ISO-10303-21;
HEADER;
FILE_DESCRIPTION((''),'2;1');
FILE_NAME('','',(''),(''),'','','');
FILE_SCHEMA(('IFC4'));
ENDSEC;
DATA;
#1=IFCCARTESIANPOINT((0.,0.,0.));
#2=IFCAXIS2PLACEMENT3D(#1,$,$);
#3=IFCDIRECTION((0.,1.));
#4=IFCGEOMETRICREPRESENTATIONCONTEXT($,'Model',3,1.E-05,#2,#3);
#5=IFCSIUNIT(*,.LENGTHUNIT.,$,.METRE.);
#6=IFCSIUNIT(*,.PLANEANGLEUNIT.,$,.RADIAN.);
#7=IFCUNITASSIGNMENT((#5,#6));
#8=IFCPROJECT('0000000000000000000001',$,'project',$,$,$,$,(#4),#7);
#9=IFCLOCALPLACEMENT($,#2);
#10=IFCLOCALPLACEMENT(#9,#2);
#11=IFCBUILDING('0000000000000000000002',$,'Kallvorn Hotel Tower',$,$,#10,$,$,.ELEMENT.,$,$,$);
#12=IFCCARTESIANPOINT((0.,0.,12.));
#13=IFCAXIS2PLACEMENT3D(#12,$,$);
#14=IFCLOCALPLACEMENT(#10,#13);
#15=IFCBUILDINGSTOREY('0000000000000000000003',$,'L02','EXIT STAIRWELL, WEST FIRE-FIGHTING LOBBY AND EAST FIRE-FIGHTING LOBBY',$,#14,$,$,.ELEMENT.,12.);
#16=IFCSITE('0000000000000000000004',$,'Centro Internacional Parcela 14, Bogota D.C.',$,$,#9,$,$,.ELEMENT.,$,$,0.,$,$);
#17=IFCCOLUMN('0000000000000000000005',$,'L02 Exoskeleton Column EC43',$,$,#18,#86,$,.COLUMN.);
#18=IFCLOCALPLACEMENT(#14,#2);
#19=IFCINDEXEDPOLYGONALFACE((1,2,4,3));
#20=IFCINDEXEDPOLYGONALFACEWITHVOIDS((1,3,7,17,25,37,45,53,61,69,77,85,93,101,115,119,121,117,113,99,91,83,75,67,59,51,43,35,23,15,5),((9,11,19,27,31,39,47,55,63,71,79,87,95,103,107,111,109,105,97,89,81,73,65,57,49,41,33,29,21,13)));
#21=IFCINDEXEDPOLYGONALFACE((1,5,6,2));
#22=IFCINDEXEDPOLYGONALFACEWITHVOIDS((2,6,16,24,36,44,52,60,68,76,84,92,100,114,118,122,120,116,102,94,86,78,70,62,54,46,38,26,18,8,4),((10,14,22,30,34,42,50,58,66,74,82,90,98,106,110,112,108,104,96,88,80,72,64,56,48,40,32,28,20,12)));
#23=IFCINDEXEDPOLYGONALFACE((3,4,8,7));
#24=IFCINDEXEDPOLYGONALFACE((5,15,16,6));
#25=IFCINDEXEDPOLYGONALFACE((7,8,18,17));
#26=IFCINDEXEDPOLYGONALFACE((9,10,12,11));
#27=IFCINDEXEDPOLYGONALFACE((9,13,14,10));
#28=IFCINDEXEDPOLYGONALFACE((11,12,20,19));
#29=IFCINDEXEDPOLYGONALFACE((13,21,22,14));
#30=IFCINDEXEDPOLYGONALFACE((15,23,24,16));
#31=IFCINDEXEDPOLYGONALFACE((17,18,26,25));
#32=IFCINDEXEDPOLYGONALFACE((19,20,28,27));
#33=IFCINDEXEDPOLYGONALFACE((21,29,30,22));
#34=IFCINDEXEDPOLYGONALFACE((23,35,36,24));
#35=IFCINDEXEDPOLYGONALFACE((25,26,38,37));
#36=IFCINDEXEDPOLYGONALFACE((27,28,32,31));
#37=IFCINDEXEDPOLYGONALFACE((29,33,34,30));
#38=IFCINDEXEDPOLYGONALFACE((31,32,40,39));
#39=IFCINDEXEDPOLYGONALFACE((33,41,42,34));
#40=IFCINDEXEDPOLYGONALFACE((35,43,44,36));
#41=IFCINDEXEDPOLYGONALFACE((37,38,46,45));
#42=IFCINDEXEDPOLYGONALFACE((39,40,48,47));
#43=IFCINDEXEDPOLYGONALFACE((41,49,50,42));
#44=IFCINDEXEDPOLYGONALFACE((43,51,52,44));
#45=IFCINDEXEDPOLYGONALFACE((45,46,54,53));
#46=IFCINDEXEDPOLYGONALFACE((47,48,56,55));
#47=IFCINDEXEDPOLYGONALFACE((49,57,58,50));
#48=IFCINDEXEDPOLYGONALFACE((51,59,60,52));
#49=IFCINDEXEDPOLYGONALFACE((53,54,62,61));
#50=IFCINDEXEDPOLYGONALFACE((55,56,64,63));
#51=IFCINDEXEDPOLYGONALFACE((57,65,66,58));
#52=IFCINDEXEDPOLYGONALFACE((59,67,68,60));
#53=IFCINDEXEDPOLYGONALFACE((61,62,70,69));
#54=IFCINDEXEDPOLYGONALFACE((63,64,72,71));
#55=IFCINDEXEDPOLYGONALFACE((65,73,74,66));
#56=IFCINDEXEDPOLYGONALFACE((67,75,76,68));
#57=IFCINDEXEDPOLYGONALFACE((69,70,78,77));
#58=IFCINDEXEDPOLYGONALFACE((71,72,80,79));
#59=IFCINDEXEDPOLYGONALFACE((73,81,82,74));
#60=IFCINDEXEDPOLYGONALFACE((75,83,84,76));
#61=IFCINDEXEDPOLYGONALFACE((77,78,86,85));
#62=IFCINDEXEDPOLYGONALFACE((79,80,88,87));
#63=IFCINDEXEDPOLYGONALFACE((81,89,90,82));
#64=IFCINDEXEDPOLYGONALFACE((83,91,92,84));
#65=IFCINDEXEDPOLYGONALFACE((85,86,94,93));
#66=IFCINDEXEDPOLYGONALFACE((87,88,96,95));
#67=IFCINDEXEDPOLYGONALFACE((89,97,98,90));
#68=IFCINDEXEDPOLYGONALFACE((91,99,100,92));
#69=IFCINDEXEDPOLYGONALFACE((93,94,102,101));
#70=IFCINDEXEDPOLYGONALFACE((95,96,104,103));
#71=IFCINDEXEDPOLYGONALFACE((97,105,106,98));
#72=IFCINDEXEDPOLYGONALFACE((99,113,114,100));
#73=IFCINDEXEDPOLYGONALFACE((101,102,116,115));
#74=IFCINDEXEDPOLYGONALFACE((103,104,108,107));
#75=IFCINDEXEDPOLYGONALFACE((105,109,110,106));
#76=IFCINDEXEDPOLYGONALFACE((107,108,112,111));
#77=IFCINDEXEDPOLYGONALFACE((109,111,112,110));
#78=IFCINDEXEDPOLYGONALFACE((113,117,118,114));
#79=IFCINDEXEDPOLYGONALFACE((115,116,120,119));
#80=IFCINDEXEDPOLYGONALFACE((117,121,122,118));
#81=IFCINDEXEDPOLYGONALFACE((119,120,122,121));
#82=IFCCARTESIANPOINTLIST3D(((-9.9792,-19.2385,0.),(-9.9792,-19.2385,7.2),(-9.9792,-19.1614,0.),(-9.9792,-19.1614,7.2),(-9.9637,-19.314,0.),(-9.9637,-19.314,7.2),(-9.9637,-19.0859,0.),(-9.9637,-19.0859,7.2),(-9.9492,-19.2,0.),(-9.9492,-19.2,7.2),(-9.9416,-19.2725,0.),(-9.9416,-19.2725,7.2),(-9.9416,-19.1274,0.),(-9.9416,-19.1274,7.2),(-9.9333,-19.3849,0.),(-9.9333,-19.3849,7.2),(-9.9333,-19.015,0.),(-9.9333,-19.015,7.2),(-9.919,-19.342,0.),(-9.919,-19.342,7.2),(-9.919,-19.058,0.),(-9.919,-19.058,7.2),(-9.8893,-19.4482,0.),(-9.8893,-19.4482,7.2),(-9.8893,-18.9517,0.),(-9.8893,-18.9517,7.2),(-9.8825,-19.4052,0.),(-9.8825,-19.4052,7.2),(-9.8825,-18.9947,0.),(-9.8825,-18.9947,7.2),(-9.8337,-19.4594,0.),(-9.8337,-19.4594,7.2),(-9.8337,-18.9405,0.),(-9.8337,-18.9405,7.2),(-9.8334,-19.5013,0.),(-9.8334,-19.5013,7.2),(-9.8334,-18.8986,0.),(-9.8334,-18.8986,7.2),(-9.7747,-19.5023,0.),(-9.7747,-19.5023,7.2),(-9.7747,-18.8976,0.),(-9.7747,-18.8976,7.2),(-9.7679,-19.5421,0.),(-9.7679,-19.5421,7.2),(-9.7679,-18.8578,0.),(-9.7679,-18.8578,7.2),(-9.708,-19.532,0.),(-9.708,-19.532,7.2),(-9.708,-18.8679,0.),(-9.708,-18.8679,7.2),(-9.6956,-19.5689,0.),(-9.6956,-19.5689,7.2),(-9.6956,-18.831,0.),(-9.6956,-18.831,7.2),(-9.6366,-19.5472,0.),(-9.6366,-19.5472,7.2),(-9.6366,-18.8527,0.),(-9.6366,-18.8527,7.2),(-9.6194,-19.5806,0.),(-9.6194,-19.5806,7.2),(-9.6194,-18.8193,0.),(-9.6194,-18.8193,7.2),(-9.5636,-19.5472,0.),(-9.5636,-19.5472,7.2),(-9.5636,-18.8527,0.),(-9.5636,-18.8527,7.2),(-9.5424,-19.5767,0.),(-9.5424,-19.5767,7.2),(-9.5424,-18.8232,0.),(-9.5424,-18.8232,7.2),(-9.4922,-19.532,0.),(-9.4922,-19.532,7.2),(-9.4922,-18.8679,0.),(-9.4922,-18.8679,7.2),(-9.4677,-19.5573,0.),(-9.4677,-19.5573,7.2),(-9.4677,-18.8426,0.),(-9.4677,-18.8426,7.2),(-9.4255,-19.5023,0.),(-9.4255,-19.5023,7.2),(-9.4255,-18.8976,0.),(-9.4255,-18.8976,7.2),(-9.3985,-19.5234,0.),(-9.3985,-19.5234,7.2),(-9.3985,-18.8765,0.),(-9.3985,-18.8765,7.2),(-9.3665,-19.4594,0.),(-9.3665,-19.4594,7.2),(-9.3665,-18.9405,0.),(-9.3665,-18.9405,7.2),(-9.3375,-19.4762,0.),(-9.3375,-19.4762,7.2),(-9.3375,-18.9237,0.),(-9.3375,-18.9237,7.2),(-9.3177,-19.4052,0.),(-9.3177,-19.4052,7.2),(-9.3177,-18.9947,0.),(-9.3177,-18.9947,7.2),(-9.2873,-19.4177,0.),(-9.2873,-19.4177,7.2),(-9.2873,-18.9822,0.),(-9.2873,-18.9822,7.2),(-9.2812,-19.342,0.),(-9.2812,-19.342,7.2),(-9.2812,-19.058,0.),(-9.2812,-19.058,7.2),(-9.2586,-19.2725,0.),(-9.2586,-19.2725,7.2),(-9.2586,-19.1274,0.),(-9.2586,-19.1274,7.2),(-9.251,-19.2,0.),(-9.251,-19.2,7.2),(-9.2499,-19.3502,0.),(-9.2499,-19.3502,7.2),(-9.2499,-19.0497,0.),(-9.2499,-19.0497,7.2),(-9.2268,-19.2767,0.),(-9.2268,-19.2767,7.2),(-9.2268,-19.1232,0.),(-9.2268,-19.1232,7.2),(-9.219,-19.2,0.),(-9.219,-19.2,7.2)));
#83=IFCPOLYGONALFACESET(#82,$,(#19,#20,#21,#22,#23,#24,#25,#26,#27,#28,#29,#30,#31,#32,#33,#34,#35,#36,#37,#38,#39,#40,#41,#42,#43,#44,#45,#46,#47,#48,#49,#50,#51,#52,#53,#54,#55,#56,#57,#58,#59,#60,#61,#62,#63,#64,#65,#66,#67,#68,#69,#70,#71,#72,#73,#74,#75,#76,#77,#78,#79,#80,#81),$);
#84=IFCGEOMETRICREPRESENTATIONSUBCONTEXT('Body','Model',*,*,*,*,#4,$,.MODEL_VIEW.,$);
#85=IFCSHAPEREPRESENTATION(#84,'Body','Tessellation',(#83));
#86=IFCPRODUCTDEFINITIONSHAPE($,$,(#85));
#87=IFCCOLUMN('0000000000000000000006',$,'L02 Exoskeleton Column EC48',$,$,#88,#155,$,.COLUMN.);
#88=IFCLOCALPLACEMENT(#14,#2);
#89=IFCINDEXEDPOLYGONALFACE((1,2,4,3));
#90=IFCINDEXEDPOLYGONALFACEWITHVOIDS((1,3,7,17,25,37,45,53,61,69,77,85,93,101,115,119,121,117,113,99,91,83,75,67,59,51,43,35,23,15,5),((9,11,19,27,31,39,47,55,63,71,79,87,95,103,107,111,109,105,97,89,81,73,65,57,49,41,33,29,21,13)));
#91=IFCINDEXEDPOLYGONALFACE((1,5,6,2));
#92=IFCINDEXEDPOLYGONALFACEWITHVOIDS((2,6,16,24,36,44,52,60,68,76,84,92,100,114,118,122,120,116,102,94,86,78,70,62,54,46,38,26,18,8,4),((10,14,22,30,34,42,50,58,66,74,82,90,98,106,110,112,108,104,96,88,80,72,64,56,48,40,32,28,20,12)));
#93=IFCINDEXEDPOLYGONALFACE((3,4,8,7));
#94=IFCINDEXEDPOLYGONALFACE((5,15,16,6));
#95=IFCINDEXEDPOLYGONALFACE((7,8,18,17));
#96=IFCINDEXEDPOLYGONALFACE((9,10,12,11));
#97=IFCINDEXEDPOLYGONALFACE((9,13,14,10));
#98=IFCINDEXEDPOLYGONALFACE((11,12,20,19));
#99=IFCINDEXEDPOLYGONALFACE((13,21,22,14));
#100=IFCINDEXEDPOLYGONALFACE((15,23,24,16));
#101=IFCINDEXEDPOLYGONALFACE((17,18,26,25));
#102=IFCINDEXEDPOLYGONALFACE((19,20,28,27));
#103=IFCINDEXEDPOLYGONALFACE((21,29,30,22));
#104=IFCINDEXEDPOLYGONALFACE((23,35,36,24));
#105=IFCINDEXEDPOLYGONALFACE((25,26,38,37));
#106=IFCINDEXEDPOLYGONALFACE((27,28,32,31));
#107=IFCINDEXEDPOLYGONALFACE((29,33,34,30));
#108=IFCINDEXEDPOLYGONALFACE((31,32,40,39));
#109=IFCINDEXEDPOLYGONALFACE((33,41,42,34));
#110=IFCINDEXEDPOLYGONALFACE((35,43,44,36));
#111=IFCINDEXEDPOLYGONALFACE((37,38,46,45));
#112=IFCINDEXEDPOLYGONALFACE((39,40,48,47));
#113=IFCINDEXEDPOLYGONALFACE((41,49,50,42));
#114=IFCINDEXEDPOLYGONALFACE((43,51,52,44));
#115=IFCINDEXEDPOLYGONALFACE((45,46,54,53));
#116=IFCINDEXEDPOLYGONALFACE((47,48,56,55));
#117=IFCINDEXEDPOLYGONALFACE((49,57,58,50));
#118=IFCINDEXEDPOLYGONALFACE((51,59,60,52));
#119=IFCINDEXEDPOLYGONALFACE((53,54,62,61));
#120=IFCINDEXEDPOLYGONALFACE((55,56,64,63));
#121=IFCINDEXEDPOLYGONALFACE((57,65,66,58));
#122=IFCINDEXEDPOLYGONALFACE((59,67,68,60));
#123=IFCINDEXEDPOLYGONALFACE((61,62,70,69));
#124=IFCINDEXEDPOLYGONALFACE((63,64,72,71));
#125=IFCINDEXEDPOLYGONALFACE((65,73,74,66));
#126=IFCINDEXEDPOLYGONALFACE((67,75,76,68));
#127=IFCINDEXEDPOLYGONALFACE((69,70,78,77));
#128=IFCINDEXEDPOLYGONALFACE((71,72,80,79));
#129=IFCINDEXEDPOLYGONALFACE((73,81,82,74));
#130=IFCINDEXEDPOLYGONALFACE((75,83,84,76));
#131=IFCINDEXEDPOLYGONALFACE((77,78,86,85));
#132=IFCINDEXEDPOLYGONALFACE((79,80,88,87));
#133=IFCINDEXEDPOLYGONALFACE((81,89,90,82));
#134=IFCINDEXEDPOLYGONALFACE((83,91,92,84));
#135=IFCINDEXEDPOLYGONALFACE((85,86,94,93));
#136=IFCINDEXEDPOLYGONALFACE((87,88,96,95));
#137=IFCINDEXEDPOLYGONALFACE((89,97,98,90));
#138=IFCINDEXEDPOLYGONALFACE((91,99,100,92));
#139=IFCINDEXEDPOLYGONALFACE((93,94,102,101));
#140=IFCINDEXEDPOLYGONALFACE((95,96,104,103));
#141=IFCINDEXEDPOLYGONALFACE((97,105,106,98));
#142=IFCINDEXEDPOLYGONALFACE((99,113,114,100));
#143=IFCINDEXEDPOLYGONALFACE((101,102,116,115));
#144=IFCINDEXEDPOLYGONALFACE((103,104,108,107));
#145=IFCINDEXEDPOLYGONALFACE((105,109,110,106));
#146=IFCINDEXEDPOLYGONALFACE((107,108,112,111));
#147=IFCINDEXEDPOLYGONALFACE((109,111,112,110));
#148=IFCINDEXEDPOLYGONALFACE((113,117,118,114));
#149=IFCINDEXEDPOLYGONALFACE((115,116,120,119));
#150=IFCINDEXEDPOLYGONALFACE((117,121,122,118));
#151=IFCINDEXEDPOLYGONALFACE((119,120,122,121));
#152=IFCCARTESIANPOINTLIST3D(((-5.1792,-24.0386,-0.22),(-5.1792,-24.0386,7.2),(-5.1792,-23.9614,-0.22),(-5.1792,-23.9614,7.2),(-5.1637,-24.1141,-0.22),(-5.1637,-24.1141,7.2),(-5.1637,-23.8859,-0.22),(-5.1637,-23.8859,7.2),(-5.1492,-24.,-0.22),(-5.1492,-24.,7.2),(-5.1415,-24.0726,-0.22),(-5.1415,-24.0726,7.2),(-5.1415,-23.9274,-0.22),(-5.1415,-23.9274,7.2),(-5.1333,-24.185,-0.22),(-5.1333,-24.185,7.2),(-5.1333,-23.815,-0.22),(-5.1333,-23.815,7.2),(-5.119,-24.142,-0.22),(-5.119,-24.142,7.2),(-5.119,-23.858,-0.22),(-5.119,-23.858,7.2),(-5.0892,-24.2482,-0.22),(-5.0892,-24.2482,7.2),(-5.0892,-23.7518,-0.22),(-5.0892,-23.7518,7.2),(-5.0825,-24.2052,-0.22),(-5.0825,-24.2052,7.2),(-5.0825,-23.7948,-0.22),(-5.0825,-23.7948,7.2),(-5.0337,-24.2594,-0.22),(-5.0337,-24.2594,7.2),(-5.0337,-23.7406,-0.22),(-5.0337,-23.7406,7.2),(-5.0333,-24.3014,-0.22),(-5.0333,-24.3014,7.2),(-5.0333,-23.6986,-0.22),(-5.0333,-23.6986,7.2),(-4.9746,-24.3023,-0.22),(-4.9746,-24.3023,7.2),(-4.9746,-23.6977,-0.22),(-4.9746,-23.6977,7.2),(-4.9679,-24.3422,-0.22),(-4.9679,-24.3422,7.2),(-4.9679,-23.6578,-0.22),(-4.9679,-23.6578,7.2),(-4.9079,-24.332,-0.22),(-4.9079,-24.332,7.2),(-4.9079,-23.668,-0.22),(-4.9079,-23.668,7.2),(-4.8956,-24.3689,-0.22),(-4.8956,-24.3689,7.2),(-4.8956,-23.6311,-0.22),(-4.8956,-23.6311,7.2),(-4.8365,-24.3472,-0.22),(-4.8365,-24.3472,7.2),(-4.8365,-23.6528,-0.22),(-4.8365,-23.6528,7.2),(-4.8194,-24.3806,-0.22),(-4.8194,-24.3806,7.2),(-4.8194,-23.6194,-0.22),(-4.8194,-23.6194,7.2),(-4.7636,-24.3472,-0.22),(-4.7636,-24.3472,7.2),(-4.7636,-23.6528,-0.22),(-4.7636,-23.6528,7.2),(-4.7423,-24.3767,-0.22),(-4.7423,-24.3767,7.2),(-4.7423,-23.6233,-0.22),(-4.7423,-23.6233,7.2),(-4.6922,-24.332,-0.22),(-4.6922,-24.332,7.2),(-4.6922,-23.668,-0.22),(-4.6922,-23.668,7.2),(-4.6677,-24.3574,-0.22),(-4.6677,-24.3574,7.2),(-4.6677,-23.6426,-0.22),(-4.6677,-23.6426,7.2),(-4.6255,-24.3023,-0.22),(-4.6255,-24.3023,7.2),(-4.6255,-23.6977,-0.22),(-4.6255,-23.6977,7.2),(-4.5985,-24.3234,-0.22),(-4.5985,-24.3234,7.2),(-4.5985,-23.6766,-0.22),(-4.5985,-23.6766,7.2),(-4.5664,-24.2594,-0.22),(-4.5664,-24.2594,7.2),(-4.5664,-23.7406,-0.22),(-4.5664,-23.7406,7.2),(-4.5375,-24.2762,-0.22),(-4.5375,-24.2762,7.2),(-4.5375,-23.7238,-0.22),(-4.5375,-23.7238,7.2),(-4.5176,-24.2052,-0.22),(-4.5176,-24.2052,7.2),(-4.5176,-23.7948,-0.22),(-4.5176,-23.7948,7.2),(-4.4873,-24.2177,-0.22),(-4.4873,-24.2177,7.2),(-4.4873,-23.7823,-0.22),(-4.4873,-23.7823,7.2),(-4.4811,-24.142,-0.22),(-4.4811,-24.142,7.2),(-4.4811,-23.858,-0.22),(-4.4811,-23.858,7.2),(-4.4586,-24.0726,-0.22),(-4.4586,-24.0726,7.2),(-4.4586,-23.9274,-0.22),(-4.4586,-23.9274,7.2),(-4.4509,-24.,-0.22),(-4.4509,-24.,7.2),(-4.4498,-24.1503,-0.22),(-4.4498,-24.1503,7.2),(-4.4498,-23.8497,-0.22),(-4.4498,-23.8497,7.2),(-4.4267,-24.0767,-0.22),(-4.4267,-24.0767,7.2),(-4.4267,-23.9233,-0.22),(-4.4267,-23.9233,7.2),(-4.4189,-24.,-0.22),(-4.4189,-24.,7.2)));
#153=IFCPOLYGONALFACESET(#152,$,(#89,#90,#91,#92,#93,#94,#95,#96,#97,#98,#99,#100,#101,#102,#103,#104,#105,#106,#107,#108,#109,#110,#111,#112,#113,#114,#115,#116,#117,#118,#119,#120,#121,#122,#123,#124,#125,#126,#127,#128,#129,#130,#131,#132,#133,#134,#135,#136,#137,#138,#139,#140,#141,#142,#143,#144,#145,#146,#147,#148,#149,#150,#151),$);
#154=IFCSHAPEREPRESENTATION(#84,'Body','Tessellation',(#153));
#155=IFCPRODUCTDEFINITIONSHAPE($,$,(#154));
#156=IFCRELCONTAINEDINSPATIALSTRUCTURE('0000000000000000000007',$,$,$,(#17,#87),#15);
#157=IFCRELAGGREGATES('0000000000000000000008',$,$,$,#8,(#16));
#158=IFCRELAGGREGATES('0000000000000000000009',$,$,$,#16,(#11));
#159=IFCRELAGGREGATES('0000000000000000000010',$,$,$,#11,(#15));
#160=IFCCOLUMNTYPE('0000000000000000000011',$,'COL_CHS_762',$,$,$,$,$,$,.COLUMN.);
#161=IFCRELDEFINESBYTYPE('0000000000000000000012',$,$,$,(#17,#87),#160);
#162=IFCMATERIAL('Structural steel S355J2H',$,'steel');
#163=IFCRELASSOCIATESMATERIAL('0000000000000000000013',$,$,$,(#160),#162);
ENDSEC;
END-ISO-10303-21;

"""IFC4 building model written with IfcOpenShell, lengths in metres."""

from ifc_helpers import new_model, si_unit, direction, frame, origin, origin_2d, place, context, subcontext, project, spatial, hollow_circle, extrude, material, material_profile, profile_set, type_object, element, save


model = new_model("IFC4")

# Units and contexts
model_context = context("Model", 3, precision=1e-05, world=origin(), true_north=direction((0.0, 1.0)))
body_context = subcontext(model_context, "Body", "Model", "MODEL_VIEW")
ifc_project = project(units=[si_unit("LENGTHUNIT", "METRE"), si_unit("PLANEANGLEUNIT", "RADIAN")], contexts=[model_context])

# Site, building, storey
site_placement = place(None, origin())
site = spatial("IfcSite", under=ifc_project, at=site_placement, Name="Centro Internacional Parcela 14, Bogota D.C.", CompositionType="ELEMENT", RefElevation=0.0)
building_placement = place(site_placement, origin())
building = spatial("IfcBuilding", under=site, at=building_placement, Name="Kallvorn Hotel Tower", CompositionType="ELEMENT")
storey_placement = place(building_placement, frame((0.0, 0.0, 12.0)))
storey = spatial("IfcBuildingStorey", under=building, at=storey_placement, Name="L02", Description="EXIT STAIRWELL, WEST FIRE-FIGHTING LOBBY AND EAST FIRE-FIGHTING LOBBY", CompositionType="ELEMENT", Elevation=12.0)

# Columns
ifc_material_1 = material(Name="Structural steel S355J2H", Category="steel")
ifc_material_profile_1 = material_profile(ifc_material_1, hollow_circle(Radius=0.3811, WallThickness=0.032, at=origin_2d()), Name="CHS 762x32")
ifc_profile_set_1 = profile_set([ifc_material_profile_1], Name="Structural steel S355J2H")
column_type_1 = type_object("IfcColumnType", Name="COL_CHS_762", PredefinedType="COLUMN", material=ifc_profile_set_1)
column_1_placement = place(storey_placement, frame((-9.6001, -19.2, 0.0), z_axis=(0.0, 0.0, 1.0), x_axis=(1.0, 0.0, 0.0)))
element("IfcColumn", 1, at=column_1_placement, inside=storey, type_object=column_type_1, Name="L02 Exoskeleton Column EC43", PredefinedType="COLUMN", context=body_context, shape_type="SweptSolid", body=[
    extrude(hollow_circle(Radius=0.3811, WallThickness=0.032, at=origin_2d()), origin(), (0.0, 0.0, 1.0), 7.2),
])
column_2_placement = place(storey_placement, frame((-4.8, -24.0, -0.22), z_axis=(0.0, 0.0, 1.0), x_axis=(1.0, 0.0, 0.0)))
element("IfcColumn", 2, at=column_2_placement, inside=storey, type_object=column_type_1, Name="L02 Exoskeleton Column EC48", PredefinedType="COLUMN", context=body_context, shape_type="SweptSolid", body=[
    extrude(hollow_circle(Radius=0.3811, WallThickness=0.032, at=origin_2d()), origin(), (0.0, 0.0, 1.0), 7.4199),
])

save(model, "model.ifc")
